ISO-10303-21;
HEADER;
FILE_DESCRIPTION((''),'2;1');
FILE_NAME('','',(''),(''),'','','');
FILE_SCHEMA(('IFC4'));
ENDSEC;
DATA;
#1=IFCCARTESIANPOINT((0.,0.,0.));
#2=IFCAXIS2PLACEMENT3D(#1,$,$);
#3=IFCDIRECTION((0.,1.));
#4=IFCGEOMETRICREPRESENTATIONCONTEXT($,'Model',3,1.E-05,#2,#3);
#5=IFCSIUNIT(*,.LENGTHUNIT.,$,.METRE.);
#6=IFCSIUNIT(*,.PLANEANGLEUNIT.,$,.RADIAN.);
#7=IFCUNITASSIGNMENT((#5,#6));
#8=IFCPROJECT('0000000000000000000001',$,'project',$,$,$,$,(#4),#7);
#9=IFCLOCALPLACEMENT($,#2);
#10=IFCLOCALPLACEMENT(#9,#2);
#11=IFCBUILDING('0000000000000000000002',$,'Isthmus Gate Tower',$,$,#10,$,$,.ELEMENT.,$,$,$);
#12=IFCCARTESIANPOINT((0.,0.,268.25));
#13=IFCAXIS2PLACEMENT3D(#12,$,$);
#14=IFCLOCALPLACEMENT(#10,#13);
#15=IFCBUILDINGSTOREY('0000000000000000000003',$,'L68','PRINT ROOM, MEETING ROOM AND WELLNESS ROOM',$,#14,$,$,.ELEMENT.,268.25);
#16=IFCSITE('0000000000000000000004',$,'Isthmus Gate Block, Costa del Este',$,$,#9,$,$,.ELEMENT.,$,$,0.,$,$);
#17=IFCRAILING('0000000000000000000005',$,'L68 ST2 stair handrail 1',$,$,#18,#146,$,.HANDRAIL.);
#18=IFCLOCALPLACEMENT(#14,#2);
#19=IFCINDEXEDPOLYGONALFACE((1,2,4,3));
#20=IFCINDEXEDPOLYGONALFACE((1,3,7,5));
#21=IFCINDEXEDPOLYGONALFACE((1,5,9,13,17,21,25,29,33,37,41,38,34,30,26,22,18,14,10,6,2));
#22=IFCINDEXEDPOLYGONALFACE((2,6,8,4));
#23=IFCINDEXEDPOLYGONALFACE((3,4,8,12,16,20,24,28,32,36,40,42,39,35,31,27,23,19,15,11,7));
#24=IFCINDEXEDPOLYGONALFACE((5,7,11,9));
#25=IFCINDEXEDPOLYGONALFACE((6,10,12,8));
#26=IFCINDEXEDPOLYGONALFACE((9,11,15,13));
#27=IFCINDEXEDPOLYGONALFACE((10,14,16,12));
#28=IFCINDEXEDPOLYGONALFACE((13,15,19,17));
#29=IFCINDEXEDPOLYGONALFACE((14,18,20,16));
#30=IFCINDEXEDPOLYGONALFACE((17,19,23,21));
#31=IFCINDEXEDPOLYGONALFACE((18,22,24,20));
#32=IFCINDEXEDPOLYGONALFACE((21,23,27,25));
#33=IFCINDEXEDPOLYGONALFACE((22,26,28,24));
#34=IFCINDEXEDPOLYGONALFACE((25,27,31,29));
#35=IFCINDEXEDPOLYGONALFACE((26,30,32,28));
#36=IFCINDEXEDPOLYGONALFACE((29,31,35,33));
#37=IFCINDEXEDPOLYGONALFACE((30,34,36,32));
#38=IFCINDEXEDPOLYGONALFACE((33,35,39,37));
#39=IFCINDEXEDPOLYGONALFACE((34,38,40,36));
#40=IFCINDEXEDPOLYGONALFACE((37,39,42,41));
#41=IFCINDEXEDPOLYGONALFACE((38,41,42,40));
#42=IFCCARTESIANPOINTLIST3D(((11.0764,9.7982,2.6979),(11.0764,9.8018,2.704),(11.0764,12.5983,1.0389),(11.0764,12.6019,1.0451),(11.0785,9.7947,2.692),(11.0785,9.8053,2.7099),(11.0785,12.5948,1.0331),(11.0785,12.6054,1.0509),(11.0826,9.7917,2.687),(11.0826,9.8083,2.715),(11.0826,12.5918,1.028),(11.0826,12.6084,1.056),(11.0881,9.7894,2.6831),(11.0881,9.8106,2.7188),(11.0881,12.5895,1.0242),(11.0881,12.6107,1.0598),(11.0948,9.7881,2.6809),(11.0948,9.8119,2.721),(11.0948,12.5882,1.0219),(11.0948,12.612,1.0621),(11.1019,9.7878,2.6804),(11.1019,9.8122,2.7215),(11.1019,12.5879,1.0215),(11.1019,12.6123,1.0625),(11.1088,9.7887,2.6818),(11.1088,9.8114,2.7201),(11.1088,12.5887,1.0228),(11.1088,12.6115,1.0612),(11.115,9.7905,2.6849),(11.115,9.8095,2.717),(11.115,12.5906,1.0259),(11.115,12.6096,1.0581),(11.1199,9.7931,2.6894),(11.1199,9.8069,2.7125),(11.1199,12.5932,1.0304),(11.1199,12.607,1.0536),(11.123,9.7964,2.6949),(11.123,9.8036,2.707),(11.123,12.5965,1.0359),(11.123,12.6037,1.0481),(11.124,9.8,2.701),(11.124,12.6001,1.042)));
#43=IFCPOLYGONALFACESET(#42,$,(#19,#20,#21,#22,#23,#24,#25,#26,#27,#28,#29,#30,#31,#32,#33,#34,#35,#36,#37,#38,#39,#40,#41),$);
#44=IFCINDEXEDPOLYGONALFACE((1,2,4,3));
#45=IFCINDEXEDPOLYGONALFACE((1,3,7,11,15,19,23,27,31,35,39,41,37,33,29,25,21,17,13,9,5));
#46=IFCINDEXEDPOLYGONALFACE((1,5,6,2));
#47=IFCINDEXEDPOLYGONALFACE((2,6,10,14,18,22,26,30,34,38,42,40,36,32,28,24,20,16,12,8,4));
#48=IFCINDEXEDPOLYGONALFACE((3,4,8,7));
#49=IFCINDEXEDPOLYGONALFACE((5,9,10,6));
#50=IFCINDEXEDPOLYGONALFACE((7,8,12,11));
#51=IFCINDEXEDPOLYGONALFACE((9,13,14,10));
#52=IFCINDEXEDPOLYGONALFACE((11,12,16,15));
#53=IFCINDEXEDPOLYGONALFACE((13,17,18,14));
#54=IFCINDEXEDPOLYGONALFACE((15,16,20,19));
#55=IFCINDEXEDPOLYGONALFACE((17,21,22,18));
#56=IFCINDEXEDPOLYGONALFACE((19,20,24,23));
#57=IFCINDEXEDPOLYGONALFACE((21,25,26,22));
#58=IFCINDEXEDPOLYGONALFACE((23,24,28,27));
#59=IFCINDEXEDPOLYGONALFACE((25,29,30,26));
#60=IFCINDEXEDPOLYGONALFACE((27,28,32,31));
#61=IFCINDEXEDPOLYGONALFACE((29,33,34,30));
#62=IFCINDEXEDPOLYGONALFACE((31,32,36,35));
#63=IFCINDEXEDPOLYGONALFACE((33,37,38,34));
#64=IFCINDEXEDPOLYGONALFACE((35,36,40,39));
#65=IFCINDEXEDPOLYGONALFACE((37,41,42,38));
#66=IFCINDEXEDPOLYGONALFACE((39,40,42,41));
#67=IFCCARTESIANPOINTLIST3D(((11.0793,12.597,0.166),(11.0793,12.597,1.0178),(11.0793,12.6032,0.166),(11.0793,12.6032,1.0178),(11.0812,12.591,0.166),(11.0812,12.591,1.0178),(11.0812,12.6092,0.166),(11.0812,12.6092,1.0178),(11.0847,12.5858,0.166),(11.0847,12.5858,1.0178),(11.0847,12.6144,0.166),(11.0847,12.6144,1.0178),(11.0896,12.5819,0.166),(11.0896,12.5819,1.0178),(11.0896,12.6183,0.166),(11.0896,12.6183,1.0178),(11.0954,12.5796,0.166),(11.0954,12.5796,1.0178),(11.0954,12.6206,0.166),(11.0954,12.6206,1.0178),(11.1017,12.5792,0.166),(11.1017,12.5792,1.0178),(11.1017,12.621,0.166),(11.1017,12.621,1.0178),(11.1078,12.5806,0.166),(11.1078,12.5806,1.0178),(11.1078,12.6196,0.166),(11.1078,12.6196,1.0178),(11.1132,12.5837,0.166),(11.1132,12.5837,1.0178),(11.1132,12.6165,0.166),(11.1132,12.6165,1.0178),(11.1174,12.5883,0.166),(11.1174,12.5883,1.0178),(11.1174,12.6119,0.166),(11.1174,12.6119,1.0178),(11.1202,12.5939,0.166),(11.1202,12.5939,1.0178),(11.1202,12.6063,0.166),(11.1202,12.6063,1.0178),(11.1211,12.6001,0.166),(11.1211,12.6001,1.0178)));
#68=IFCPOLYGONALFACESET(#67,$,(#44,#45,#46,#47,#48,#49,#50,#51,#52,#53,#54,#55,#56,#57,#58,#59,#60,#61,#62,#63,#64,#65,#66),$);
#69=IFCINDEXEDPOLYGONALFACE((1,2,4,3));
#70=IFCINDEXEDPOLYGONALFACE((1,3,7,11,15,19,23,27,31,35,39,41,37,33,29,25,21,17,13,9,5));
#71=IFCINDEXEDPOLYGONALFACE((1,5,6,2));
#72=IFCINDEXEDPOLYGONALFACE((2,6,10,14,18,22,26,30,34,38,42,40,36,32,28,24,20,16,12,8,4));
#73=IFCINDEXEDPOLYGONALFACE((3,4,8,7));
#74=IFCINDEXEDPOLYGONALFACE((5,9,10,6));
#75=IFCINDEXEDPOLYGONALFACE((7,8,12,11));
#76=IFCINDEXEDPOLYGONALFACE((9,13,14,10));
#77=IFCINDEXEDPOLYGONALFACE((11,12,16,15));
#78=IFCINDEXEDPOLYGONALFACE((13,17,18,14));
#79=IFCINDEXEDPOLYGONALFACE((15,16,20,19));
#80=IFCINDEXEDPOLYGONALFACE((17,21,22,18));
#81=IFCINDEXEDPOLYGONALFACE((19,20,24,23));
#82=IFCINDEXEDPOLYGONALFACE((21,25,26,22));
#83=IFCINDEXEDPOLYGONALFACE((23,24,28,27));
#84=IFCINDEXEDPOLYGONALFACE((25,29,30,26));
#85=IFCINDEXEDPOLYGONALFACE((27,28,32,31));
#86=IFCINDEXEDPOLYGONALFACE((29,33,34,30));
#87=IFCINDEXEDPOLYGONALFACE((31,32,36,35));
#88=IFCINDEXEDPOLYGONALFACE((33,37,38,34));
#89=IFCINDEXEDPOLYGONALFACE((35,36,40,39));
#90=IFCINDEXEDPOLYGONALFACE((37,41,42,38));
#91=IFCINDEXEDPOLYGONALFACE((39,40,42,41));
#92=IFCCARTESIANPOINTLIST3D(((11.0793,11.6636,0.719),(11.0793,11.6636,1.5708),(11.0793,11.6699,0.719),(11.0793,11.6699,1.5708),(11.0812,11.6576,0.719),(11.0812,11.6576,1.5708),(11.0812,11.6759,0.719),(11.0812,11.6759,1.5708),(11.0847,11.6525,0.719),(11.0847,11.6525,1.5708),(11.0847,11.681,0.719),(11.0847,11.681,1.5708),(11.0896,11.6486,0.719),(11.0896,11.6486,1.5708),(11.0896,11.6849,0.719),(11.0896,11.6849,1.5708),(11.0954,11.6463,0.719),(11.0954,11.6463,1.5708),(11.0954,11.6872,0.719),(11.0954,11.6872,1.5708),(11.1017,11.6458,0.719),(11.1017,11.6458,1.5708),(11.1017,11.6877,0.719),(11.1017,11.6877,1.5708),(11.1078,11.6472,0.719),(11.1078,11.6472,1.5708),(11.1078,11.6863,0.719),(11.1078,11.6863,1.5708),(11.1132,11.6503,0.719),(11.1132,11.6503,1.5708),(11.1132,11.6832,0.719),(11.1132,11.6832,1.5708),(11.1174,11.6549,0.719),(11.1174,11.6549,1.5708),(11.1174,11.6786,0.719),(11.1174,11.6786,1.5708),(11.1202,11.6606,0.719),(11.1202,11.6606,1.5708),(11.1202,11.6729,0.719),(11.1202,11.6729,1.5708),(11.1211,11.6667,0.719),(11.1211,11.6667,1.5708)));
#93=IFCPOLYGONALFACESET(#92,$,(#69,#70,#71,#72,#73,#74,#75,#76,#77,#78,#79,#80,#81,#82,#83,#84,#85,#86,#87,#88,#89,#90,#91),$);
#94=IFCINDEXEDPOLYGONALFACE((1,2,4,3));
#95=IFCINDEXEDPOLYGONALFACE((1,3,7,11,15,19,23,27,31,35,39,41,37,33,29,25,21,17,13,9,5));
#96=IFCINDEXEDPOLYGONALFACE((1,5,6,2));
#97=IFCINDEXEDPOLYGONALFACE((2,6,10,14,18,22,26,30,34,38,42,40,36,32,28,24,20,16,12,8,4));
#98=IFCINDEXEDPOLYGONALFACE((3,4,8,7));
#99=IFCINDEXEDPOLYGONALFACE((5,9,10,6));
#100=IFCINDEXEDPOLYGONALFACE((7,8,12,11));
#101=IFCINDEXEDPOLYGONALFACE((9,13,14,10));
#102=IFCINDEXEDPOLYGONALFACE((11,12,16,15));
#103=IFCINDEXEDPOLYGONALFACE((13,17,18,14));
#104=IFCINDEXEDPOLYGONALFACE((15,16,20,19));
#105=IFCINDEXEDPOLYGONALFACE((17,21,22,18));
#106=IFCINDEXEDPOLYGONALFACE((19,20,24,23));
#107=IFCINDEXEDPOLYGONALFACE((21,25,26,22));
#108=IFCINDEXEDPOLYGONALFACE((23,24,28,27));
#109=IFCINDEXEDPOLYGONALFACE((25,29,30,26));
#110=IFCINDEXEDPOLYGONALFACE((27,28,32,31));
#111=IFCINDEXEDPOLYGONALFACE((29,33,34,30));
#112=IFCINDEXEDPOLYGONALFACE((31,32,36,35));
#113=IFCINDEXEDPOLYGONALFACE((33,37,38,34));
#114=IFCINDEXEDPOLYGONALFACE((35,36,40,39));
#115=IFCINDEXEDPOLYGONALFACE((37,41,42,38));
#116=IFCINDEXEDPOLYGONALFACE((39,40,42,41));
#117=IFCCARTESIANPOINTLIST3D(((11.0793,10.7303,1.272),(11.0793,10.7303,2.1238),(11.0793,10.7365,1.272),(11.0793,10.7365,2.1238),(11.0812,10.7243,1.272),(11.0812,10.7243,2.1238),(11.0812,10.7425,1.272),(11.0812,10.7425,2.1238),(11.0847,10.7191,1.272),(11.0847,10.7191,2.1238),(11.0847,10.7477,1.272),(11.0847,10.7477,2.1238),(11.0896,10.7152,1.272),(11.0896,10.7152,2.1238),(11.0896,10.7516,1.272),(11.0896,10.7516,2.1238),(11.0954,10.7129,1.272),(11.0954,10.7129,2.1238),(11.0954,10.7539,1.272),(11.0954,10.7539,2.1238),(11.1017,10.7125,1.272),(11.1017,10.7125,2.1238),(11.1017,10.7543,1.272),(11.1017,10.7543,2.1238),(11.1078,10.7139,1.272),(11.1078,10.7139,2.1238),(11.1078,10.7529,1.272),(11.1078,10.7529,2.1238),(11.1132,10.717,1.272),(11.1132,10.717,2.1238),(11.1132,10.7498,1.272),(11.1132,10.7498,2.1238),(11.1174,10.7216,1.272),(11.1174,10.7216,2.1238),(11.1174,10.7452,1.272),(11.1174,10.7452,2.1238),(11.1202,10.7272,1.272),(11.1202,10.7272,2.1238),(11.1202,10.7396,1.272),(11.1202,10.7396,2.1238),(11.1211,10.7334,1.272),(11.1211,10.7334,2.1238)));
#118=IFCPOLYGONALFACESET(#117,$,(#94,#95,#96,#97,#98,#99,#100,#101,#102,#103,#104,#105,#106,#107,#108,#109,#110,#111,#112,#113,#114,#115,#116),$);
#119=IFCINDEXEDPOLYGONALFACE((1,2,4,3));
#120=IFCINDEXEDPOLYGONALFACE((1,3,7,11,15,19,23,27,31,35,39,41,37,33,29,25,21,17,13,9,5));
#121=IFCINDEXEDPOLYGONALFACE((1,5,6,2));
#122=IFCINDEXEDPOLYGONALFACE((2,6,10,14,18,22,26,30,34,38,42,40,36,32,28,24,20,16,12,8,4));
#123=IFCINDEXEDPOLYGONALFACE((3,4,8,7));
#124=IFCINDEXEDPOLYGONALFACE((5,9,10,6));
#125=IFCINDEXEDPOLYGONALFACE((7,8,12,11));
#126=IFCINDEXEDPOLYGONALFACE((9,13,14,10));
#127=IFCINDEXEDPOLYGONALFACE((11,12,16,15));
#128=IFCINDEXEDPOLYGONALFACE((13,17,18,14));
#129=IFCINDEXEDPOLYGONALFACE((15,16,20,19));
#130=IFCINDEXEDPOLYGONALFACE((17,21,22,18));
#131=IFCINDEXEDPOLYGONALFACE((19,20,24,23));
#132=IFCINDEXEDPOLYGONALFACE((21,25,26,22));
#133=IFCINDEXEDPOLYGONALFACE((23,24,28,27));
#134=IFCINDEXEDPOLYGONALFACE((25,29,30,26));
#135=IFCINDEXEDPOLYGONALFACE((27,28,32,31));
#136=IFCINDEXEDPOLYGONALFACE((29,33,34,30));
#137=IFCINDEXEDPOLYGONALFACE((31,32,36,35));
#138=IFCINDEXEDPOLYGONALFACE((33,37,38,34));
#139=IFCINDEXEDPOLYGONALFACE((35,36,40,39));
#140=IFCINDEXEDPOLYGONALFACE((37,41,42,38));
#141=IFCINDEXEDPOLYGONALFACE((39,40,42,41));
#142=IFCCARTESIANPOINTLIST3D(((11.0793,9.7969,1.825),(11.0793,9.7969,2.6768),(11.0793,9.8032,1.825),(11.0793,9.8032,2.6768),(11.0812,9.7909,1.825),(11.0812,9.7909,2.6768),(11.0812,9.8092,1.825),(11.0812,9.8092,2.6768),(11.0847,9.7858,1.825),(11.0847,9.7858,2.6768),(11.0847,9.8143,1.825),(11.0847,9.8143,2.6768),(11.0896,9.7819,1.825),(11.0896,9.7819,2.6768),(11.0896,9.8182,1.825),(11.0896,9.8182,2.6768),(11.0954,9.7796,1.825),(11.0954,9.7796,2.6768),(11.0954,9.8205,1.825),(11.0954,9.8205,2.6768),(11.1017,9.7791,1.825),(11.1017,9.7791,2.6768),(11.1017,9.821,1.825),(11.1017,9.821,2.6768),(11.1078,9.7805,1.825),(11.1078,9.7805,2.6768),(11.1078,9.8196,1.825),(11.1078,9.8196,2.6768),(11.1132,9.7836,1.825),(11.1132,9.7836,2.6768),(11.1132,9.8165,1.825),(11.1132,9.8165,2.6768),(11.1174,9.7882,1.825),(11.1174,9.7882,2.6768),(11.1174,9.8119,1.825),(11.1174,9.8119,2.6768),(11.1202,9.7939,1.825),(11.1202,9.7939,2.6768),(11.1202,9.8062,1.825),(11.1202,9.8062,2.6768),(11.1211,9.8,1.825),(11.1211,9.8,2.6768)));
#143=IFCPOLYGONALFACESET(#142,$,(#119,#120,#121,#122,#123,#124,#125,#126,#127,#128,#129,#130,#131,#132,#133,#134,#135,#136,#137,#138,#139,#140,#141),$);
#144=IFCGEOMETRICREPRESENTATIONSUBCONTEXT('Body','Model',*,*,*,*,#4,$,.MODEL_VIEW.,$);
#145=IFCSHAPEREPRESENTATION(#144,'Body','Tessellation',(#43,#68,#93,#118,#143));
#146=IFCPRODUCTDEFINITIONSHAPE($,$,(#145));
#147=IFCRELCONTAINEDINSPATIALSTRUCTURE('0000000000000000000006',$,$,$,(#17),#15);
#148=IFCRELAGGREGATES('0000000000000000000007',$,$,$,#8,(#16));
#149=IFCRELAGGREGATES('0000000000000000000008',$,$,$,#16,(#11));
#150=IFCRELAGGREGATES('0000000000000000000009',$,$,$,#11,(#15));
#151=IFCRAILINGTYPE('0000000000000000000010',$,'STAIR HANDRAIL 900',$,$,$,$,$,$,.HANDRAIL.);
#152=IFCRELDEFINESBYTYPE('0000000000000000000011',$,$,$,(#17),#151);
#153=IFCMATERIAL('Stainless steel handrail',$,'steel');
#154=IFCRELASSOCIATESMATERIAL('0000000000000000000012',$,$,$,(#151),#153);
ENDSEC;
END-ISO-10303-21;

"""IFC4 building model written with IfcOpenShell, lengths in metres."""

from ifc_helpers import new_model, si_unit, direction, frame, origin, origin_2d, place, context, subcontext, project, spatial, circle, extrude, material, type_object, element, save


model = new_model("IFC4")

# Units and contexts
model_context = context("Model", 3, precision=1e-05, world=origin(), true_north=direction((0.0, 1.0)))
body_context = subcontext(model_context, "Body", "Model", "MODEL_VIEW")
ifc_project = project(units=[si_unit("LENGTHUNIT", "METRE"), si_unit("PLANEANGLEUNIT", "RADIAN")], contexts=[model_context])

# Site, building, storey
site_placement = place(None, origin())
site = spatial("IfcSite", under=ifc_project, at=site_placement, Name="Isthmus Gate Block, Costa del Este", CompositionType="ELEMENT", RefElevation=0.0)
building_placement = place(site_placement, origin())
building = spatial("IfcBuilding", under=site, at=building_placement, Name="Isthmus Gate Tower", CompositionType="ELEMENT")
storey_placement = place(building_placement, frame((0.0, 0.0, 268.25)))
storey = spatial("IfcBuildingStorey", under=building, at=storey_placement, Name="L68", Description="PRINT ROOM, MEETING ROOM AND WELLNESS ROOM", CompositionType="ELEMENT", Elevation=268.25)

# Railing
ifc_material_1 = material(Name="Stainless steel handrail", Category="steel")
railing_type_1 = type_object("IfcRailingType", Name="STAIR HANDRAIL 900", PredefinedType="HANDRAIL", material=ifc_material_1)
for number, where, name in (
    (1, (11.1001, 12.6001, 0.166), "L68 ST2 stair handrail 1"),
):
    element("IfcRailing", number, at=place(storey_placement, frame(where)), inside=storey, type_object=railing_type_1, Name=name, PredefinedType="HANDRAIL", context=body_context, shape_type="SweptSolid", body=[
        extrude(circle(Radius=0.0239, at=origin_2d()), frame((0.0, 0.0, 0.876), z_axis=(0.0, -0.860339, 0.509722), x_axis=(1.0, 0.0, 0.0)), (0.0, 0.0, 1.0), 3.2546),
        extrude(circle(Radius=0.021, at=origin_2d()), origin(), (0.0, 0.0, 1.0), 0.8518),
        extrude(circle(Radius=0.021, at=origin_2d()), frame((0.0, -0.9333, 0.553)), (0.0, 0.0, 1.0), 0.8518),
        extrude(circle(Radius=0.021, at=origin_2d()), frame((0.0, -1.8667, 1.106)), (0.0, 0.0, 1.0), 0.8518),
        extrude(circle(Radius=0.021, at=origin_2d()), frame((0.0, -2.8, 1.6589)), (0.0, 0.0, 1.0), 0.8518),
    ])

save(model, "model.ifc")
